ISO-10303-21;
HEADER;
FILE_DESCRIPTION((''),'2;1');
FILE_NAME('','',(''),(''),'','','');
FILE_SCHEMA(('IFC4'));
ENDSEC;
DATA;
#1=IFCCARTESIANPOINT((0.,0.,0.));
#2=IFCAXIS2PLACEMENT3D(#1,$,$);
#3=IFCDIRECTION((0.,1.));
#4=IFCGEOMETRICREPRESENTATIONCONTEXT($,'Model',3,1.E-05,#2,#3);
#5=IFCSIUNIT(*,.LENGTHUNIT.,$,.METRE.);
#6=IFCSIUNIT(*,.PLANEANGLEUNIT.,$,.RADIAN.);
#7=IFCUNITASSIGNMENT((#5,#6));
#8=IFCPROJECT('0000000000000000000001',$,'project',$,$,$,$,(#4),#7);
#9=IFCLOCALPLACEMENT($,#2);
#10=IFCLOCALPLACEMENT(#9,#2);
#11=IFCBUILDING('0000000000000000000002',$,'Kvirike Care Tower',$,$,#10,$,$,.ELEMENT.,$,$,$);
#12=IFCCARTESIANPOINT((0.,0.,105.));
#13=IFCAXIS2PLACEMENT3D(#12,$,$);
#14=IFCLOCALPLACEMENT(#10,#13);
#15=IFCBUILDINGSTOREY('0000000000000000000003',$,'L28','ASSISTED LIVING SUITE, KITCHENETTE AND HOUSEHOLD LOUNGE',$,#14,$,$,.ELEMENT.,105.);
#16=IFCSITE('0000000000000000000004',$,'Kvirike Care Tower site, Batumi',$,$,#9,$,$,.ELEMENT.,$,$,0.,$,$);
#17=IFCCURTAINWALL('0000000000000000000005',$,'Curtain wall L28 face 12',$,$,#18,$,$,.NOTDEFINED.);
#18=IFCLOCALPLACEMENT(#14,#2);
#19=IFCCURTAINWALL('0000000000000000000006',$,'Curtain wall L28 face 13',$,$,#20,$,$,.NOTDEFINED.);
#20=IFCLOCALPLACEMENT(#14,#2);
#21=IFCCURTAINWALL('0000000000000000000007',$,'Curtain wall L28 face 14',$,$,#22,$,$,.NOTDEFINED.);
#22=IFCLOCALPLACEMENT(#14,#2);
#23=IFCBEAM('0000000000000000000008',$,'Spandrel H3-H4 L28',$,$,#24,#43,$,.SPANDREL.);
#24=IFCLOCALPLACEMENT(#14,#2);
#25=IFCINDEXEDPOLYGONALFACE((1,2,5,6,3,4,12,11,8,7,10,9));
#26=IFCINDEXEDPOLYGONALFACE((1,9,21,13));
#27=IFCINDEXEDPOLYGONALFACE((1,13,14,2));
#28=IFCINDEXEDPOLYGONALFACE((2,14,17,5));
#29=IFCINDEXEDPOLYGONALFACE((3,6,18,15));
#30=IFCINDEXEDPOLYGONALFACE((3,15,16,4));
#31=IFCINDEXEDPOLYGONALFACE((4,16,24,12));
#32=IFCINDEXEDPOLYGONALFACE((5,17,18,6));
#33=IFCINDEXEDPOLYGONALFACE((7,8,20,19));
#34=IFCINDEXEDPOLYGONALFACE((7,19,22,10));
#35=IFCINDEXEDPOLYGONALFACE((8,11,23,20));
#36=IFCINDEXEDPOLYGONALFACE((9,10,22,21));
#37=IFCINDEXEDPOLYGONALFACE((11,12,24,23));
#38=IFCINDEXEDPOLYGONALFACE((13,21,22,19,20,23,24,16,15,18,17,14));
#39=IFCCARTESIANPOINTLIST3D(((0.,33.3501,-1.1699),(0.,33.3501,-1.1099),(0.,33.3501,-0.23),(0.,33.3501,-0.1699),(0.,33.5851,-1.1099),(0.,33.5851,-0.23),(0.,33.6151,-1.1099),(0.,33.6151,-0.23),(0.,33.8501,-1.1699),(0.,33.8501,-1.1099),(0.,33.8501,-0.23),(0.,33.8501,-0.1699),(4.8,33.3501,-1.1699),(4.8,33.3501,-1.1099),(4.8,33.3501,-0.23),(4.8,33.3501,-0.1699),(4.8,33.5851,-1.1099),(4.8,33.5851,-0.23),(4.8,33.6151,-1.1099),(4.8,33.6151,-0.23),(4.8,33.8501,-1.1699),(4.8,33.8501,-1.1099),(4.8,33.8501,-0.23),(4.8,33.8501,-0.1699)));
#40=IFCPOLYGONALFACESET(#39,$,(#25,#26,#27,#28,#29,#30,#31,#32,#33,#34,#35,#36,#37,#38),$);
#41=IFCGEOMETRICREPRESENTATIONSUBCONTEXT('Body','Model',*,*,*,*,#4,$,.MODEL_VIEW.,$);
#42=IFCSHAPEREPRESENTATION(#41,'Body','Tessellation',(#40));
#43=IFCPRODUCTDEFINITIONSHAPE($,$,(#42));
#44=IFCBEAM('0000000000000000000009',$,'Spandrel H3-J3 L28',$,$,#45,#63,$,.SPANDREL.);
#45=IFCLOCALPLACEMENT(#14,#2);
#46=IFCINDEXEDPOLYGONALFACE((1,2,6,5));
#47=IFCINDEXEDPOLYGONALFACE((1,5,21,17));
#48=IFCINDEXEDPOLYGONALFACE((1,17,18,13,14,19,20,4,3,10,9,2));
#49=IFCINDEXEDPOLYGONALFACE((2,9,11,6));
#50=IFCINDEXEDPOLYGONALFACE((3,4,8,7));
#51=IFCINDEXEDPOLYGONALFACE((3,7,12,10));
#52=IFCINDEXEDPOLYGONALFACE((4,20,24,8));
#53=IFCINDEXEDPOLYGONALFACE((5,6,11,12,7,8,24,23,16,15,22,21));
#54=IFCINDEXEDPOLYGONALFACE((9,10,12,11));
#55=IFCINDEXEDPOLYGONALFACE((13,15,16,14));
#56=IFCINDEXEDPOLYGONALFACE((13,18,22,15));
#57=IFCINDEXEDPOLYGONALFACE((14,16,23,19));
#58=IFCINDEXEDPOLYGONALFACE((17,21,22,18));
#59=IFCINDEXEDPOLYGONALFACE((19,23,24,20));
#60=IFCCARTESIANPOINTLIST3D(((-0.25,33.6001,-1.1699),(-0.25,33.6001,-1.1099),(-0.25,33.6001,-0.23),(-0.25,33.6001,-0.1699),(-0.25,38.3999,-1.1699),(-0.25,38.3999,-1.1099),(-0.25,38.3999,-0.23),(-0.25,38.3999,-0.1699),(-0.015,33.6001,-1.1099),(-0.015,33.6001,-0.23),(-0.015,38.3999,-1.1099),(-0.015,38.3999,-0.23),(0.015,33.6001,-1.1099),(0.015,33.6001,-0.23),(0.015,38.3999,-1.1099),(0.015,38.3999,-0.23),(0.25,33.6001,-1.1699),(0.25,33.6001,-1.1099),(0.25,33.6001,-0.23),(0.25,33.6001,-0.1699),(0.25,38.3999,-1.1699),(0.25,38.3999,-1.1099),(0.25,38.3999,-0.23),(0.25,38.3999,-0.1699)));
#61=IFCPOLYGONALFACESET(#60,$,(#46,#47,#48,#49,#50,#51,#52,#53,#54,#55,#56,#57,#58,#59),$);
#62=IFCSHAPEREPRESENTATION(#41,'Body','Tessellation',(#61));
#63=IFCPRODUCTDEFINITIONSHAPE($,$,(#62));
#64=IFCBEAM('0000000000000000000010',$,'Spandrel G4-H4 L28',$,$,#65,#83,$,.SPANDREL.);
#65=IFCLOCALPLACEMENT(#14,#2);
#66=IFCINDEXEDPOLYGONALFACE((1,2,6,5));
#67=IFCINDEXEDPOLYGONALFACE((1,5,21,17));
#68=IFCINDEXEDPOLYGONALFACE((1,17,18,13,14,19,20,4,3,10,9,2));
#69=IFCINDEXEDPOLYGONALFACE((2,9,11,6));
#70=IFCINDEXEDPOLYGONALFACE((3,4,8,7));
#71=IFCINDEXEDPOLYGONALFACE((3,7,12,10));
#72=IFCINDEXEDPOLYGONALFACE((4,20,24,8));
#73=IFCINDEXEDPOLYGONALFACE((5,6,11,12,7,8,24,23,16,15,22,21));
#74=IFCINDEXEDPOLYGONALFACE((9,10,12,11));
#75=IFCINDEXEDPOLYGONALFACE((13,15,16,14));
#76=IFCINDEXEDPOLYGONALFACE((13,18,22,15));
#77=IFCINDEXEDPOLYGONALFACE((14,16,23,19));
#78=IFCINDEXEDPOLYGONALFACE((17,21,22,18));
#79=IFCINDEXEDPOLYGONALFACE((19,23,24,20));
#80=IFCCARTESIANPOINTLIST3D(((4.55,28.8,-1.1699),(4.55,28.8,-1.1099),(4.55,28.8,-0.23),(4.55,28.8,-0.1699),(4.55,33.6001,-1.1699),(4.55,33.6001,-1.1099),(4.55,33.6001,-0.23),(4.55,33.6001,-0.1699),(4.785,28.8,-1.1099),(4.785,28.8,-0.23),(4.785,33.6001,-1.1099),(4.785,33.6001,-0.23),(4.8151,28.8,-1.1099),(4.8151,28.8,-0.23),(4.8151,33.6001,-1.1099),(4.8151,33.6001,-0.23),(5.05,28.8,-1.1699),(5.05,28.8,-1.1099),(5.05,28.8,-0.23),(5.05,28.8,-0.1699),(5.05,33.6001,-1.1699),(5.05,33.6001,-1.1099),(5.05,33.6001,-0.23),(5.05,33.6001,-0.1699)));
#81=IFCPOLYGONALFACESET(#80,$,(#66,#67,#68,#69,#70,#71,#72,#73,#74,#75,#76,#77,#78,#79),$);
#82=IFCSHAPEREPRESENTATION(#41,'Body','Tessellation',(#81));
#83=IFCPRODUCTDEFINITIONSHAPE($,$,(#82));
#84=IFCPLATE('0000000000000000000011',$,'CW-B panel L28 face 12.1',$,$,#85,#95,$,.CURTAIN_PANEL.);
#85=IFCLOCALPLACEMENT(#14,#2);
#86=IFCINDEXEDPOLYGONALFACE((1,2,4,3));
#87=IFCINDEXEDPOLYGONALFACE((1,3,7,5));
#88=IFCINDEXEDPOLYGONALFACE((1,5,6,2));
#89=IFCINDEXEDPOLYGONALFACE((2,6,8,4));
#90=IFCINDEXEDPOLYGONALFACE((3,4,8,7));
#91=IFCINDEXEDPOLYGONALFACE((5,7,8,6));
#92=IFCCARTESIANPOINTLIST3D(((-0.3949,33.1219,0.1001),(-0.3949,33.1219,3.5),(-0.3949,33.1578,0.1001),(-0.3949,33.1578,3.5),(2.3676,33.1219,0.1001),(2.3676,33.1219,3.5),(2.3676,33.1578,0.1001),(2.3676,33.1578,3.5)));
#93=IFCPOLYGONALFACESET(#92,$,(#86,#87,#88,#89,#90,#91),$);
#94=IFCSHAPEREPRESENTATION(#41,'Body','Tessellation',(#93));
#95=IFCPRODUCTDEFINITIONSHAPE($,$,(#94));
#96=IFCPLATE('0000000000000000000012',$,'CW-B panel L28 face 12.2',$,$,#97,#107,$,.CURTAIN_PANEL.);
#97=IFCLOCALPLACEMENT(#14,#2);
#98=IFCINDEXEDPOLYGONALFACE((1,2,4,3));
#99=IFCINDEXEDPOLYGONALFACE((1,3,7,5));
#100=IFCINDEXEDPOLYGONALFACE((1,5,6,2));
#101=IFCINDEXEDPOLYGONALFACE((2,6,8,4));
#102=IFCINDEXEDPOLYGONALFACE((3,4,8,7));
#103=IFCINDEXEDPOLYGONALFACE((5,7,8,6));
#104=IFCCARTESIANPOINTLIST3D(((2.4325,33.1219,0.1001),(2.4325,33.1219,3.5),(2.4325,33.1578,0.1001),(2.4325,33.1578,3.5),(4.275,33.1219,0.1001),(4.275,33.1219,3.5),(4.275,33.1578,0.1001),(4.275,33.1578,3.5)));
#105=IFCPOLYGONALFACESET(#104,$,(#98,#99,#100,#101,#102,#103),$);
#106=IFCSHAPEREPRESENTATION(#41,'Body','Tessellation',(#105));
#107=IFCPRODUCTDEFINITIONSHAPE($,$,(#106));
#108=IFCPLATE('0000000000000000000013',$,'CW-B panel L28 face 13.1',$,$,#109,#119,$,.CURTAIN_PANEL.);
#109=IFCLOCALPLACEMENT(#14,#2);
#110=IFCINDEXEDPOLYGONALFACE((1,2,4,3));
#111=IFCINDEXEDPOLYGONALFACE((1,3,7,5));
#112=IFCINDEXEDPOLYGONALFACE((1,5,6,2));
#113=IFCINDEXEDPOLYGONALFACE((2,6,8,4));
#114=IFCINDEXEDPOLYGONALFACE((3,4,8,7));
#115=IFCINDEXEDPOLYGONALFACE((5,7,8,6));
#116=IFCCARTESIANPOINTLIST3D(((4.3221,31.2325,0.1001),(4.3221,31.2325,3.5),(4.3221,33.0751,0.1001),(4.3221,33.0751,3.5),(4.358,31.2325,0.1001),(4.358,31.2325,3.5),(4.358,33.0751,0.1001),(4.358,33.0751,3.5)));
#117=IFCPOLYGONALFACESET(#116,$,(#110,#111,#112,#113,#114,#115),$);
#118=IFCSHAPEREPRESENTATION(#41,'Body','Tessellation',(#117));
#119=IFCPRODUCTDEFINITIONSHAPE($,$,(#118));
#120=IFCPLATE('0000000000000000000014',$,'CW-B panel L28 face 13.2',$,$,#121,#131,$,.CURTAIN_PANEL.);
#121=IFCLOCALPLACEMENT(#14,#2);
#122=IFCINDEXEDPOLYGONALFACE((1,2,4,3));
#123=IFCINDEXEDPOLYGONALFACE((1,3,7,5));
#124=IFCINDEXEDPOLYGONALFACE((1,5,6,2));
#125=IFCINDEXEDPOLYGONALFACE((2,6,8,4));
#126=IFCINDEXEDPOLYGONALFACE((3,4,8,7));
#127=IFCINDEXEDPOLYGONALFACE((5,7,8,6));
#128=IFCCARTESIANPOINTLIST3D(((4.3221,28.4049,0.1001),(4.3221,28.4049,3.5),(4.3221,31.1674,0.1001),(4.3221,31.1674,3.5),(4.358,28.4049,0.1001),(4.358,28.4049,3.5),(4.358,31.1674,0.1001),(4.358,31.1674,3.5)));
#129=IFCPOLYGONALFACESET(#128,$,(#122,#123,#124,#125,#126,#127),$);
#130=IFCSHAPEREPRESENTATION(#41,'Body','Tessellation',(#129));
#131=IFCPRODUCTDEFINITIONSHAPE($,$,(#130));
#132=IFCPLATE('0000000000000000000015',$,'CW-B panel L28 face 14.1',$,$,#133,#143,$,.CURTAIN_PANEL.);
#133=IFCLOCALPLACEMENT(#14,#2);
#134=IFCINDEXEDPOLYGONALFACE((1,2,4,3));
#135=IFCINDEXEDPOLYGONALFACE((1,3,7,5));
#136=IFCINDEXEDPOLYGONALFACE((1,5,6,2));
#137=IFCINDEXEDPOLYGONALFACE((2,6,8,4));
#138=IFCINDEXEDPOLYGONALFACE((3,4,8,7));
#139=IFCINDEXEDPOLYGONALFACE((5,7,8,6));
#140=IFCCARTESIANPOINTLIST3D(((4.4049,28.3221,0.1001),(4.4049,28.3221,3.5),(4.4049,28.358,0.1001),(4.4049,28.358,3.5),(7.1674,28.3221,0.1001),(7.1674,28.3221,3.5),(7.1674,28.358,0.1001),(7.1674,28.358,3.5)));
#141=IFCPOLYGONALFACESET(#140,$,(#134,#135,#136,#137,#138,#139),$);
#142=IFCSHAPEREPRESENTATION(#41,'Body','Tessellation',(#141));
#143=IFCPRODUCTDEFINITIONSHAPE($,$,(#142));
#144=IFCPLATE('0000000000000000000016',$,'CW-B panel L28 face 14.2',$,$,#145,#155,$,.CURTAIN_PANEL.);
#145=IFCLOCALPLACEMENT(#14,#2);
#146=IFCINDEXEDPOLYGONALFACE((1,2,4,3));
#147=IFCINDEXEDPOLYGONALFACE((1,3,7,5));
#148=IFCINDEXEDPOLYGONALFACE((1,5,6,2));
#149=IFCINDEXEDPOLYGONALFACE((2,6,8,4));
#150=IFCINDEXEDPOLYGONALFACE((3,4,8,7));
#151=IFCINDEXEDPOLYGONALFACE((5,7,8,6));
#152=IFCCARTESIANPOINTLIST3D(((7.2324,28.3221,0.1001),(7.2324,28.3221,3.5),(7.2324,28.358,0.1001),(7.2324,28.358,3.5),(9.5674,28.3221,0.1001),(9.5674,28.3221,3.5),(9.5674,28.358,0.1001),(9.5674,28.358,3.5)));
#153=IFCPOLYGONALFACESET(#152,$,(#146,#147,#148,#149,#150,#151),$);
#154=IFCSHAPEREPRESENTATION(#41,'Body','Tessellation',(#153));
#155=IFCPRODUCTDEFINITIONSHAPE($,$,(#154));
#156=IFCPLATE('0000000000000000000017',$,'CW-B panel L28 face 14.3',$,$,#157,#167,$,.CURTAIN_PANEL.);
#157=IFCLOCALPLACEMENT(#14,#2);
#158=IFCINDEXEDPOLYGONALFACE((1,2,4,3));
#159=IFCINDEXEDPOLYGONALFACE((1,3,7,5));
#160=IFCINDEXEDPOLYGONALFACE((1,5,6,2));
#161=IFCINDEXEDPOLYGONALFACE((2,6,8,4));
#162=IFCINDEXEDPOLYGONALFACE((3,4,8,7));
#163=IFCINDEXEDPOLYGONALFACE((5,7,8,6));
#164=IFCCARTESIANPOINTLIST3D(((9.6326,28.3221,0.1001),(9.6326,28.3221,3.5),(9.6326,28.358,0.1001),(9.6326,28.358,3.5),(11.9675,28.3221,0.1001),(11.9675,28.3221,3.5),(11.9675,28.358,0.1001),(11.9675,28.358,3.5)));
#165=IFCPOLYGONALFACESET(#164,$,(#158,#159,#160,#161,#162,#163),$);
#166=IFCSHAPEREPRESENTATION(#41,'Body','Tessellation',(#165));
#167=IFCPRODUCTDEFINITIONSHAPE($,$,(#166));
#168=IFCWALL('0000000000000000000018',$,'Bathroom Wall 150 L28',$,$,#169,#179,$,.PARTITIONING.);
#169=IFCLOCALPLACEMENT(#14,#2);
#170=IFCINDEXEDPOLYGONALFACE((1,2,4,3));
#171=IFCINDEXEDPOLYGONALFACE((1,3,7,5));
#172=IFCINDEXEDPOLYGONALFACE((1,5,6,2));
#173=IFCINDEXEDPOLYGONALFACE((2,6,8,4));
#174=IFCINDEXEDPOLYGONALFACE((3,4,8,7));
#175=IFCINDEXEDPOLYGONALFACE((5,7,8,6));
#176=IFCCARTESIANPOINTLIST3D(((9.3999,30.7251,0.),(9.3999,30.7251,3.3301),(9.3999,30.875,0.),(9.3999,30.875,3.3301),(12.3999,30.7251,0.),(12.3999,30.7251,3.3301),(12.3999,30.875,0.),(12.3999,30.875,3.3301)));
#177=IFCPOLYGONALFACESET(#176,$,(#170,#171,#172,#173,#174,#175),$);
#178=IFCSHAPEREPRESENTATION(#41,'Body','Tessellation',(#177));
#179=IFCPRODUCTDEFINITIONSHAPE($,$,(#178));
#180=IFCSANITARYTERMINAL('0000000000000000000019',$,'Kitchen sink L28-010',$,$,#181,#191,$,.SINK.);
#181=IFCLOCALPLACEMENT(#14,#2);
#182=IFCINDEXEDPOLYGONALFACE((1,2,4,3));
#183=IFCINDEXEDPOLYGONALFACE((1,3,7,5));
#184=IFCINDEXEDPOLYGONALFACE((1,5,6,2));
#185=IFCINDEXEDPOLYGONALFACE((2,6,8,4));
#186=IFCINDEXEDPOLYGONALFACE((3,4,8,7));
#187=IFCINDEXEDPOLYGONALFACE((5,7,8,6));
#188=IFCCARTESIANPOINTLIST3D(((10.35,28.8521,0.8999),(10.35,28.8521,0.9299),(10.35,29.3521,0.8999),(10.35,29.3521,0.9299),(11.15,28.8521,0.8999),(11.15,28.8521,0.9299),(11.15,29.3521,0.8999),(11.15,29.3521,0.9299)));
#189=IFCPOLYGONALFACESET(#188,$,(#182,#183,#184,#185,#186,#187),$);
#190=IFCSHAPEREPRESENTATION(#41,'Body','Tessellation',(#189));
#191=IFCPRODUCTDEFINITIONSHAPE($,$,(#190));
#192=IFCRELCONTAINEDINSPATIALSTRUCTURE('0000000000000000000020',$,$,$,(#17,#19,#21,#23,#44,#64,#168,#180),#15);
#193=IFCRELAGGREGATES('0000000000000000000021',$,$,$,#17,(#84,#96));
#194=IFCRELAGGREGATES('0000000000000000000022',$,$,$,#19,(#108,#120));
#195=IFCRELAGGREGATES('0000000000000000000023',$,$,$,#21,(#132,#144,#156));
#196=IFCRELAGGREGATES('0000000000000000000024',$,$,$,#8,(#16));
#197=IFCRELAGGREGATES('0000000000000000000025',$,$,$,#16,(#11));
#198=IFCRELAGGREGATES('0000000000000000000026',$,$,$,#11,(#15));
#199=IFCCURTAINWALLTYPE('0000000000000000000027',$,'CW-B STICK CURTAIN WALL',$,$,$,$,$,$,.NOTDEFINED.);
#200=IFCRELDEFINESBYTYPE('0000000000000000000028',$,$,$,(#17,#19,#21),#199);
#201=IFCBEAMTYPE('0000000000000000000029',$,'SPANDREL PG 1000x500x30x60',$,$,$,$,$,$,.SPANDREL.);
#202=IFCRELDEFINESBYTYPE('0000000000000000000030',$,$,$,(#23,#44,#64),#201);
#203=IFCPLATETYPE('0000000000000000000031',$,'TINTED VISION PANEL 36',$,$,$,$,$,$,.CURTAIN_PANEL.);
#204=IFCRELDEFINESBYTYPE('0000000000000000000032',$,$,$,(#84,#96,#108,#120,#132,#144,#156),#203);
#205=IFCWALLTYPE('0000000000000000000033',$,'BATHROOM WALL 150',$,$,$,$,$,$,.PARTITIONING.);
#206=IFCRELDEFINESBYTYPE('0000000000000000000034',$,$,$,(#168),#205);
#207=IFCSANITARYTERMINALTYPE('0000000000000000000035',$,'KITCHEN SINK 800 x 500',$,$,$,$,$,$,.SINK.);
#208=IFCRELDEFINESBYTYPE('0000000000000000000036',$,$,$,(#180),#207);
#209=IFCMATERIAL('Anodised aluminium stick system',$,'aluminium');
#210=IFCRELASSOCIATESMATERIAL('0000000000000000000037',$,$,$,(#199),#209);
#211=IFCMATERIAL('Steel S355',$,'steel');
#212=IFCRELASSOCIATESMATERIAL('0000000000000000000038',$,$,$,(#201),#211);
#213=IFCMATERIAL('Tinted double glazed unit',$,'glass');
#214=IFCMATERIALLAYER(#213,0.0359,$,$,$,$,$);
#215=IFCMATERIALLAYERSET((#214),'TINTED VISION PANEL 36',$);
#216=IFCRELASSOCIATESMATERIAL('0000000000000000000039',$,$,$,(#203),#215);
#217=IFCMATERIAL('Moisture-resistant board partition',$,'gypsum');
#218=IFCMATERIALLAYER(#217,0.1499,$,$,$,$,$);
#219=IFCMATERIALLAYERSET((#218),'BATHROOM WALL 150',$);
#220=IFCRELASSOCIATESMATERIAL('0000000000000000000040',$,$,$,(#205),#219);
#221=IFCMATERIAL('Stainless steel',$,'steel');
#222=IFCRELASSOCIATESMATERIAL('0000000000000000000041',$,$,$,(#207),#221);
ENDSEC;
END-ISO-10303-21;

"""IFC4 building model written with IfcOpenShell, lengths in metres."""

from ifc_helpers import new_model, si_unit, direction, frame, frame_2d, origin, origin_2d, place, context, subcontext, project, spatial, rectangle, i_section, extrude, material, layer, layer_set, material_profile, profile_set, type_object, element, aggregate, save


model = new_model("IFC4")

# Units and contexts
model_context = context("Model", 3, precision=1e-05, world=origin(), true_north=direction((0.0, 1.0)))
body_context = subcontext(model_context, "Body", "Model", "MODEL_VIEW")
ifc_project = project(units=[si_unit("LENGTHUNIT", "METRE"), si_unit("PLANEANGLEUNIT", "RADIAN")], contexts=[model_context])

# Site, building, storey
site_placement = place(None, origin())
site = spatial("IfcSite", under=ifc_project, at=site_placement, Name="Kvirike Care Tower site, Batumi", CompositionType="ELEMENT", RefElevation=0.0)
building_placement = place(site_placement, origin())
building = spatial("IfcBuilding", under=site, at=building_placement, Name="Kvirike Care Tower", CompositionType="ELEMENT")
storey_placement = place(building_placement, frame((0.0, 0.0, 105.0)))
storey = spatial("IfcBuildingStorey", under=building, at=storey_placement, Name="L28", Description="ASSISTED LIVING SUITE, KITCHENETTE AND HOUSEHOLD LOUNGE", CompositionType="ELEMENT", Elevation=105.0)

# Shared definitions
ifc_material_1 = material(Name="Anodised aluminium stick system", Category="aluminium")
curtain_wall_type = type_object("IfcCurtainWallType", Name="CW-B STICK CURTAIN WALL", PredefinedType="NOTDEFINED", material=ifc_material_1)

# Curtain walls
curtain_wall_1_placement = place(storey_placement, origin())
curtain_wall_1 = element("IfcCurtainWall", 1, at=curtain_wall_1_placement, inside=storey, type_object=curtain_wall_type, Name="Curtain wall L28 face 12", PredefinedType="NOTDEFINED")
curtain_wall_2_placement = place(storey_placement, origin())
curtain_wall_2 = element("IfcCurtainWall", 2, at=curtain_wall_2_placement, inside=storey, type_object=curtain_wall_type, Name="Curtain wall L28 face 13", PredefinedType="NOTDEFINED")
curtain_wall_3_placement = place(storey_placement, origin())
curtain_wall_3 = element("IfcCurtainWall", 3, at=curtain_wall_3_placement, inside=storey, type_object=curtain_wall_type, Name="Curtain wall L28 face 14", PredefinedType="NOTDEFINED")

# Beams
ifc_material_2 = material(Name="Steel S355", Category="steel")
ifc_material_profile_1 = material_profile(ifc_material_2, i_section(OverallWidth=0.5, OverallDepth=1.0, WebThickness=0.03, FlangeThickness=0.0601, at=origin_2d()), Name="PG 1000x500x30x60")
ifc_profile_set_1 = profile_set([ifc_material_profile_1], Name="Steel S355")
beam_type_1 = type_object("IfcBeamType", Name="SPANDREL PG 1000x500x30x60", PredefinedType="SPANDREL", material=ifc_profile_set_1)
beam_1_placement = place(storey_placement, frame((0.0, 33.6001, -0.6699), z_axis=(1.0, 0.0, 0.0), x_axis=(0.0, 1.0, 0.0)))
element("IfcBeam", 4, at=beam_1_placement, inside=storey, type_object=beam_type_1, Name="Spandrel H3-H4 L28", PredefinedType="SPANDREL", context=body_context, shape_type="SweptSolid", body=[
    extrude(i_section(OverallWidth=0.5, OverallDepth=1.0, WebThickness=0.03, FlangeThickness=0.0601, at=origin_2d()), origin(), (0.0, 0.0, 1.0), 4.8),
])
beam_2_placement = place(storey_placement, frame((0.0, 33.6001, -0.6699), z_axis=(0.0, 1.0, 0.0), x_axis=(-1.0, 0.0, 0.0)))
element("IfcBeam", 5, at=beam_2_placement, inside=storey, type_object=beam_type_1, Name="Spandrel H3-J3 L28", PredefinedType="SPANDREL", context=body_context, shape_type="SweptSolid", body=[
    extrude(i_section(OverallWidth=0.5, OverallDepth=1.0, WebThickness=0.03, FlangeThickness=0.0601, at=origin_2d()), origin(), (0.0, 0.0, 1.0), 4.7998),
])
beam_3_placement = place(storey_placement, frame((4.8, 28.8, -0.6699), z_axis=(0.0, 1.0, 0.0), x_axis=(-1.0, 0.0, 0.0)))
element("IfcBeam", 6, at=beam_3_placement, inside=storey, type_object=beam_type_1, Name="Spandrel G4-H4 L28", PredefinedType="SPANDREL", context=body_context, shape_type="SweptSolid", body=[
    extrude(i_section(OverallWidth=0.5, OverallDepth=1.0, WebThickness=0.03, FlangeThickness=0.0601, at=origin_2d()), origin(), (0.0, 0.0, 1.0), 4.8),
])

# Plates
ifc_material_3 = material(Name="Tinted double glazed unit", Category="glass")
ifc_layer_1 = layer(ifc_material_3, 0.0359)
ifc_layer_set_1 = layer_set([ifc_layer_1], Name="TINTED VISION PANEL 36")
plate_type = type_object("IfcPlateType", Name="TINTED VISION PANEL 36", PredefinedType="CURTAIN_PANEL", material=ifc_layer_set_1)
plate_1_placement = place(storey_placement, frame((0.9863, 33.1399, 0.1001), z_axis=(0.0, 0.0, 1.0), x_axis=(1.0, 0.0, 0.0)))
plate_1 = element("IfcPlate", 7, at=plate_1_placement, type_object=plate_type, Name="CW-B panel L28 face 12.1", PredefinedType="CURTAIN_PANEL", context=body_context, shape_type="SweptSolid", body=[
    extrude(rectangle(XDim=2.7625, YDim=0.0359, at=origin_2d()), origin(), (0.0, 0.0, 1.0), 3.3999),
])
plate_2_placement = place(storey_placement, frame((3.3538, 33.1399, 0.1001), z_axis=(0.0, 0.0, 1.0), x_axis=(1.0, 0.0, 0.0)))
plate_2 = element("IfcPlate", 8, at=plate_2_placement, type_object=plate_type, Name="CW-B panel L28 face 12.2", PredefinedType="CURTAIN_PANEL", context=body_context, shape_type="SweptSolid", body=[
    extrude(rectangle(XDim=1.8425, YDim=0.0359, at=origin_2d()), origin(), (0.0, 0.0, 1.0), 3.3999),
])
aggregate(curtain_wall_1, [plate_1, plate_2])
plate_3_placement = place(storey_placement, frame((4.3401, 32.1538, 0.1001), z_axis=(0.0, 0.0, 1.0), x_axis=(0.0, -1.0, 0.0)))
plate_3 = element("IfcPlate", 9, at=plate_3_placement, type_object=plate_type, Name="CW-B panel L28 face 13.1", PredefinedType="CURTAIN_PANEL", context=body_context, shape_type="SweptSolid", body=[
    extrude(rectangle(XDim=1.8425, YDim=0.0359, at=origin_2d()), origin(), (0.0, 0.0, 1.0), 3.3999),
])
plate_4_placement = place(storey_placement, frame((4.3401, 29.7861, 0.1001), z_axis=(0.0, 0.0, 1.0), x_axis=(0.0, -1.0, 0.0)))
plate_4 = element("IfcPlate", 10, at=plate_4_placement, type_object=plate_type, Name="CW-B panel L28 face 13.2", PredefinedType="CURTAIN_PANEL", context=body_context, shape_type="SweptSolid", body=[
    extrude(rectangle(XDim=2.7625, YDim=0.0359, at=origin_2d()), origin(), (0.0, 0.0, 1.0), 3.3999),
])
aggregate(curtain_wall_2, [plate_3, plate_4])
plate_5_placement = place(storey_placement, frame((5.7861, 28.3401, 0.1001), z_axis=(0.0, 0.0, 1.0), x_axis=(1.0, 0.0, 0.0)))
plate_5 = element("IfcPlate", 11, at=plate_5_placement, type_object=plate_type, Name="CW-B panel L28 face 14.1", PredefinedType="CURTAIN_PANEL", context=body_context, shape_type="SweptSolid", body=[
    extrude(rectangle(XDim=2.7625, YDim=0.0359, at=origin_2d()), origin(), (0.0, 0.0, 1.0), 3.3999),
])
plate_6_placement = place(storey_placement, frame((8.3999, 28.3401, 0.1001), z_axis=(0.0, 0.0, 1.0), x_axis=(1.0, 0.0, 0.0)))
plate_6 = element("IfcPlate", 12, at=plate_6_placement, type_object=plate_type, Name="CW-B panel L28 face 14.2", PredefinedType="CURTAIN_PANEL", context=body_context, shape_type="SweptSolid", body=[
    extrude(rectangle(XDim=2.335, YDim=0.0359, at=origin_2d()), origin(), (0.0, 0.0, 1.0), 3.3999),
])
plate_7_placement = place(storey_placement, frame((10.8, 28.3401, 0.1001), z_axis=(0.0, 0.0, 1.0), x_axis=(1.0, 0.0, 0.0)))
plate_7 = element("IfcPlate", 13, at=plate_7_placement, type_object=plate_type, Name="CW-B panel L28 face 14.3", PredefinedType="CURTAIN_PANEL", context=body_context, shape_type="SweptSolid", body=[
    extrude(rectangle(XDim=2.335, YDim=0.0359, at=origin_2d()), origin(), (0.0, 0.0, 1.0), 3.3999),
])
aggregate(curtain_wall_3, [plate_5, plate_6, plate_7])

# Wall
ifc_material_4 = material(Name="Moisture-resistant board partition", Category="gypsum")
ifc_layer_2 = layer(ifc_material_4, 0.1499)
ifc_layer_set_2 = layer_set([ifc_layer_2], Name="BATHROOM WALL 150")
wall_type = type_object("IfcWallType", Name="BATHROOM WALL 150", PredefinedType="PARTITIONING", material=ifc_layer_set_2)
wall_placement = place(storey_placement, frame((9.3999, 30.8, 0.0), z_axis=(0.0, 0.0, 1.0), x_axis=(1.0, 0.0, 0.0)))
element("IfcWall", 14, at=wall_placement, inside=storey, type_object=wall_type, Name="Bathroom Wall 150 L28", PredefinedType="PARTITIONING", context=body_context, shape_type="SweptSolid", body=[
    extrude(rectangle(XDim=3.0, YDim=0.1499, at=frame_2d((1.5, 0.0))), origin(), (0.0, 0.0, 1.0), 3.3301),
])

# Sanitary terminal
ifc_material_5 = material(Name="Stainless steel", Category="steel")
sanitary_terminal_type_1 = type_object("IfcSanitaryTerminalType", Name="KITCHEN SINK 800 x 500", PredefinedType="SINK", material=ifc_material_5)
sanitary_terminal_1_placement = place(storey_placement, frame((10.75, 29.1021, 0.8999), z_axis=(0.0, 0.0, 1.0), x_axis=(-1.0, 0.0, 0.0)))
element("IfcSanitaryTerminal", 15, at=sanitary_terminal_1_placement, inside=storey, type_object=sanitary_terminal_type_1, Name="Kitchen sink L28-010", PredefinedType="SINK", context=body_context, shape_type="SweptSolid", body=[
    extrude(rectangle(XDim=0.8, YDim=0.5, at=origin_2d()), origin(), (0.0, 0.0, 1.0), 0.03),
])

save(model, "model.ifc")
